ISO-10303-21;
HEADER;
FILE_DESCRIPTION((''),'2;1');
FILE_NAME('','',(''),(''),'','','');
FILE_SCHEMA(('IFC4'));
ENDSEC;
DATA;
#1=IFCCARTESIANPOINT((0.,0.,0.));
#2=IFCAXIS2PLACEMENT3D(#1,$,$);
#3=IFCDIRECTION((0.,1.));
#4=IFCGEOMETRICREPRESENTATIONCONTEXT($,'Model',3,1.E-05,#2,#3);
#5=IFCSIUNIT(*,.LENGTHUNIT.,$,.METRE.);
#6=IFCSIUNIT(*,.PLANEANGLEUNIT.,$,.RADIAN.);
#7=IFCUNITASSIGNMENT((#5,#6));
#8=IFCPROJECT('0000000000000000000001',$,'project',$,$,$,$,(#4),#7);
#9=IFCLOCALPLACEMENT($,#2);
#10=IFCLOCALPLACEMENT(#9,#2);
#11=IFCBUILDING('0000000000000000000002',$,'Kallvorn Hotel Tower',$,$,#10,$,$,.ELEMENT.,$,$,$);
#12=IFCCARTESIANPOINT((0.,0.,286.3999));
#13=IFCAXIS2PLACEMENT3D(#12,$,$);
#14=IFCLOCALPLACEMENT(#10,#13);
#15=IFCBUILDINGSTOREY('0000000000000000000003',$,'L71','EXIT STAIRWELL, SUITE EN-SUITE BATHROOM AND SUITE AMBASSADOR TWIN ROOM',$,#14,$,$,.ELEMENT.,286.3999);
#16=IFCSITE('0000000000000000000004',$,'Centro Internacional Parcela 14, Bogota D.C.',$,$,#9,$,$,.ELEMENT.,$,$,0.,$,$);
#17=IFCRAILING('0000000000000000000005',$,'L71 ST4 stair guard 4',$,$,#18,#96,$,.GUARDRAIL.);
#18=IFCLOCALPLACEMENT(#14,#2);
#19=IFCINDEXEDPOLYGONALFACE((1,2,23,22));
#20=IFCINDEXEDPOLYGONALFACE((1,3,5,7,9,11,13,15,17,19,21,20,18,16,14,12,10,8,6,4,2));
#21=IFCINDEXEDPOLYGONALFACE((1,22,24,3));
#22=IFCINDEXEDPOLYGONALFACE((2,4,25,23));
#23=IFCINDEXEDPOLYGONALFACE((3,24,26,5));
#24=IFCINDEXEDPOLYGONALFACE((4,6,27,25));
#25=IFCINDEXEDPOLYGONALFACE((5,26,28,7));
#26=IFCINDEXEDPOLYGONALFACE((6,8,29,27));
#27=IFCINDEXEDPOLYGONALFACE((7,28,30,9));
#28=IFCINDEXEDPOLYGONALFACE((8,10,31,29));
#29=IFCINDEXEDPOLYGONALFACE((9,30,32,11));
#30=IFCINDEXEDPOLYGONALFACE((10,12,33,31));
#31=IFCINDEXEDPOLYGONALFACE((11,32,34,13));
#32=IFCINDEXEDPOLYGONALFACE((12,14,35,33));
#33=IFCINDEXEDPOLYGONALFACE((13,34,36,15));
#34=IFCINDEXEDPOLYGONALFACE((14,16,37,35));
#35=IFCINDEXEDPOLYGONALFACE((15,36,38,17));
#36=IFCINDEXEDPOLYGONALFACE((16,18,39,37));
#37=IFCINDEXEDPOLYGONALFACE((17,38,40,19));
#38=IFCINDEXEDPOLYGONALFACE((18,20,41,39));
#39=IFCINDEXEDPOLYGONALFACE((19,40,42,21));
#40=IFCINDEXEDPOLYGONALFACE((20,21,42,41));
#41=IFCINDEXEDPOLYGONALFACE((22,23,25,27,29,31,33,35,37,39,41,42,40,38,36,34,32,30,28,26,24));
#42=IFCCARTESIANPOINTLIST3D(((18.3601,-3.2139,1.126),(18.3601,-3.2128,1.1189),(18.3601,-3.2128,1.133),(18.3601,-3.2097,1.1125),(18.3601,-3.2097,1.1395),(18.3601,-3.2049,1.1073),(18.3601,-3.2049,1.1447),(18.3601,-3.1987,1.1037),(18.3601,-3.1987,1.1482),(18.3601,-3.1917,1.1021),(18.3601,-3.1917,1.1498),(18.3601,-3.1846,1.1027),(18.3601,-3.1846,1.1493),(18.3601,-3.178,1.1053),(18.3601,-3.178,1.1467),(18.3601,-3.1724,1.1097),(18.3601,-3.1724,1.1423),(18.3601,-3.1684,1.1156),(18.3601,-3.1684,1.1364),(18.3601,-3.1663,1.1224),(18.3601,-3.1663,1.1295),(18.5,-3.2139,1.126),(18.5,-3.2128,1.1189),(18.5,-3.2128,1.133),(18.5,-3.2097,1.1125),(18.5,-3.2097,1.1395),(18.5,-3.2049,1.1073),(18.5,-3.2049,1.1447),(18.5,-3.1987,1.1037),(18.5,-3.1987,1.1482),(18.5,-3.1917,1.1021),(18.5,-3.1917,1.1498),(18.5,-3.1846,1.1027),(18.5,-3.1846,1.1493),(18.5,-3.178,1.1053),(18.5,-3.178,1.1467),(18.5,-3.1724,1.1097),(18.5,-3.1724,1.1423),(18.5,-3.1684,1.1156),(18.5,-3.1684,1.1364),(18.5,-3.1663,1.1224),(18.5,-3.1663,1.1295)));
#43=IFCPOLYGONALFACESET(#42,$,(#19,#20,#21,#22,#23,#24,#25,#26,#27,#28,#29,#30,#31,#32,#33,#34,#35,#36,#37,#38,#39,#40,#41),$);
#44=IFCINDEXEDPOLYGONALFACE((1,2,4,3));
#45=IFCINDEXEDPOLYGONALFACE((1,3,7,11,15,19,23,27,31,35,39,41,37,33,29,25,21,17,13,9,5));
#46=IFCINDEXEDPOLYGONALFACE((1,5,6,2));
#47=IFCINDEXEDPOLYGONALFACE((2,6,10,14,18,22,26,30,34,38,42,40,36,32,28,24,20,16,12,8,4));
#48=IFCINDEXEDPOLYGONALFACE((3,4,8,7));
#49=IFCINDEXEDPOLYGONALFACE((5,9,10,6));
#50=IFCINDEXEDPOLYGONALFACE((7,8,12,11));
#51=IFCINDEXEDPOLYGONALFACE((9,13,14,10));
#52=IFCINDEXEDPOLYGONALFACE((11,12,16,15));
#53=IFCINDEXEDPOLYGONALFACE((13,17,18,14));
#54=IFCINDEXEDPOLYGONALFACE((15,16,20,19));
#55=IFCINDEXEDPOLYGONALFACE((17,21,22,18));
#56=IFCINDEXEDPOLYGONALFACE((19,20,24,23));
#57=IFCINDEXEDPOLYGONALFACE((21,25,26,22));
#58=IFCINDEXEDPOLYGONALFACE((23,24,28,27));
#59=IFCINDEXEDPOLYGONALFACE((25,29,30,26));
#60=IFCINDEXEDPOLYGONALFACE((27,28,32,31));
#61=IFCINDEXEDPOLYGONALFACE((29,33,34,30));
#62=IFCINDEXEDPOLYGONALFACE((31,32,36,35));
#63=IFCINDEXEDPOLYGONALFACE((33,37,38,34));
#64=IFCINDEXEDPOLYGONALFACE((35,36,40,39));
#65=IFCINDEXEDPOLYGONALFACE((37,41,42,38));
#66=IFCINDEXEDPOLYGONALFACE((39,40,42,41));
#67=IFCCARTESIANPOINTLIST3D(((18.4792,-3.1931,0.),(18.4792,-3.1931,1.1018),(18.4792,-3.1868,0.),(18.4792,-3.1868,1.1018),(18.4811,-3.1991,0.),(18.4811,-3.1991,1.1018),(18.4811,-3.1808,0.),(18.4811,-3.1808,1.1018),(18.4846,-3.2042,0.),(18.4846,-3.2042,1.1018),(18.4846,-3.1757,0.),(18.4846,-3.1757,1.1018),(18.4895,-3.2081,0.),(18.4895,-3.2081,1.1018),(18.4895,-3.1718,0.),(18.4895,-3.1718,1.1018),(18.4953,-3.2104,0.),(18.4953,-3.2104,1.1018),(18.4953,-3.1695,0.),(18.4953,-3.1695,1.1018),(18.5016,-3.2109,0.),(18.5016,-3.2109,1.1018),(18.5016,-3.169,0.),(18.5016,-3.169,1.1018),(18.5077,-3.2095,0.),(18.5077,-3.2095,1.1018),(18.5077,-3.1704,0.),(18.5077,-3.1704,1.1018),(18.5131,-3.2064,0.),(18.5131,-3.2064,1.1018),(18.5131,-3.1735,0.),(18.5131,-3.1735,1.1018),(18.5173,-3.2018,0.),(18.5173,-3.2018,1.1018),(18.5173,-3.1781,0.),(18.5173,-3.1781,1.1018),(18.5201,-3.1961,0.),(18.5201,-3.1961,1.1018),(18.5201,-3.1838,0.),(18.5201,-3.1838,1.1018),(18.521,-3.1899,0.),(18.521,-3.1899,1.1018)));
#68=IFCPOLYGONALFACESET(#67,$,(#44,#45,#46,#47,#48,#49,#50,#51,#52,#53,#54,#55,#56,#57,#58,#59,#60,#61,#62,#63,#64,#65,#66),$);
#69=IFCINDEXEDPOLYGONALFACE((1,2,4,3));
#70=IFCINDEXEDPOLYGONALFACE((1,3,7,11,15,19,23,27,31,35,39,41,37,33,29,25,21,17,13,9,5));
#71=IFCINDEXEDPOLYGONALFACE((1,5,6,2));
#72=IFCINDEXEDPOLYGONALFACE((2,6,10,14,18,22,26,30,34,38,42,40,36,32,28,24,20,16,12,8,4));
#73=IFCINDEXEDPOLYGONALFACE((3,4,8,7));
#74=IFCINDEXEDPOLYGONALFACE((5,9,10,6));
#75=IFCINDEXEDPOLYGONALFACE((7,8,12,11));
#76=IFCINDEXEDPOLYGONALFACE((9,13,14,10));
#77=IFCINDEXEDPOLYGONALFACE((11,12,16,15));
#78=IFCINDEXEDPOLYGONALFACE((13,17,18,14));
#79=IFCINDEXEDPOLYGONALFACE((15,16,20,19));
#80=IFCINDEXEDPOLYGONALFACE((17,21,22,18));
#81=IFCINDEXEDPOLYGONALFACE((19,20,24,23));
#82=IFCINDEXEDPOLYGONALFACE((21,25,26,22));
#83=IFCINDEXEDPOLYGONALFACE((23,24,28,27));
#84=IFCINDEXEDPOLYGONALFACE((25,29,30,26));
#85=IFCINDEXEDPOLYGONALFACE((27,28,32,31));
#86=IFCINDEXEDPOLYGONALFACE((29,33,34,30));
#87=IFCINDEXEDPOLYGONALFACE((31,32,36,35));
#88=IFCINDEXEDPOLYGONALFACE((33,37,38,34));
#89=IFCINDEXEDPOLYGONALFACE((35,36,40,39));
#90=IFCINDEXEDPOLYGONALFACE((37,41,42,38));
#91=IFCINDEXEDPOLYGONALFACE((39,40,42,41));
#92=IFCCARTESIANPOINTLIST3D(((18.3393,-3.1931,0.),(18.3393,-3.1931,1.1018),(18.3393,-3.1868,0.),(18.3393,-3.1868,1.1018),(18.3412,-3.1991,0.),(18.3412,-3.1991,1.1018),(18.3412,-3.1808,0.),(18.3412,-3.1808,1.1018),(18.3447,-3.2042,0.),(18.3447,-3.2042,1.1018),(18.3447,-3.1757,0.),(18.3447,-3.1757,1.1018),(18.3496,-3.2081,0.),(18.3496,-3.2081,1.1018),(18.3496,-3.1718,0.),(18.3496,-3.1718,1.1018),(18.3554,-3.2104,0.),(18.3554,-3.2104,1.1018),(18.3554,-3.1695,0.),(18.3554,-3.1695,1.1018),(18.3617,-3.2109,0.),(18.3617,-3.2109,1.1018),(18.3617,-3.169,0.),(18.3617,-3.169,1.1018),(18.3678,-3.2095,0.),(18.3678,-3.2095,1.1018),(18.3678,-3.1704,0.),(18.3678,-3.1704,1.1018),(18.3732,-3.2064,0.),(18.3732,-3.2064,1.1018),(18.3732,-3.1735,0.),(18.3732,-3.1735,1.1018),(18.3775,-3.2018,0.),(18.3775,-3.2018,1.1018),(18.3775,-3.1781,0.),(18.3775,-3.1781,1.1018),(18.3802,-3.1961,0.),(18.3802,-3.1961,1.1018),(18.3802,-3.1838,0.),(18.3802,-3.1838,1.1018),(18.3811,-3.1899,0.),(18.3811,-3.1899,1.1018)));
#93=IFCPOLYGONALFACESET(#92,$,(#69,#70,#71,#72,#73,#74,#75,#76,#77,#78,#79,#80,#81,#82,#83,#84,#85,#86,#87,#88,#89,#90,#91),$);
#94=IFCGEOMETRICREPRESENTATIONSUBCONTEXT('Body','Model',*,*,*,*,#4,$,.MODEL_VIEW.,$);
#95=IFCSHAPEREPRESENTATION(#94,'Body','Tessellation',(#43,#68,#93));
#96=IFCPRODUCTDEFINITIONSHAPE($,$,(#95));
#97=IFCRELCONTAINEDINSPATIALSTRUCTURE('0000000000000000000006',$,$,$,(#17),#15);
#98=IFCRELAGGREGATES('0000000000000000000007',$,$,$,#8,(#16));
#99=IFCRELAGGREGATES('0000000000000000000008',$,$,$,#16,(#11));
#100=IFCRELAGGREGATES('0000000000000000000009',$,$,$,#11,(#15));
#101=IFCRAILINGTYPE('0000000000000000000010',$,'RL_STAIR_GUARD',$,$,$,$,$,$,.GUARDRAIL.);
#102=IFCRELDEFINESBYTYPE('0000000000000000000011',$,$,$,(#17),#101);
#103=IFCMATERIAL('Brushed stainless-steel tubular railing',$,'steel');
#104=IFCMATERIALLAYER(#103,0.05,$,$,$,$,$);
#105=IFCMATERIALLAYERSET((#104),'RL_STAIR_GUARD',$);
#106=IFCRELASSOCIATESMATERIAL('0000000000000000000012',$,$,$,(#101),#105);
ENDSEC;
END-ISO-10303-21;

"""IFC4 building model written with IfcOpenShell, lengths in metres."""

from ifc_helpers import new_model, si_unit, direction, frame, origin, origin_2d, place, context, subcontext, project, spatial, circle, extrude, material, layer, layer_set, type_object, element, save


model = new_model("IFC4")

# Units and contexts
model_context = context("Model", 3, precision=1e-05, world=origin(), true_north=direction((0.0, 1.0)))
body_context = subcontext(model_context, "Body", "Model", "MODEL_VIEW")
ifc_project = project(units=[si_unit("LENGTHUNIT", "METRE"), si_unit("PLANEANGLEUNIT", "RADIAN")], contexts=[model_context])

# Site, building, storey
site_placement = place(None, origin())
site = spatial("IfcSite", under=ifc_project, at=site_placement, Name="Centro Internacional Parcela 14, Bogota D.C.", CompositionType="ELEMENT", RefElevation=0.0)
building_placement = place(site_placement, origin())
building = spatial("IfcBuilding", under=site, at=building_placement, Name="Kallvorn Hotel Tower", CompositionType="ELEMENT")
storey_placement = place(building_placement, frame((0.0, 0.0, 286.3999)))
storey = spatial("IfcBuildingStorey", under=building, at=storey_placement, Name="L71", Description="EXIT STAIRWELL, SUITE EN-SUITE BATHROOM AND SUITE AMBASSADOR TWIN ROOM", CompositionType="ELEMENT", Elevation=286.3999)

# Railing
ifc_material_1 = material(Name="Brushed stainless-steel tubular railing", Category="steel")
ifc_layer_1 = layer(ifc_material_1, 0.05)
ifc_layer_set_1 = layer_set([ifc_layer_1], Name="RL_STAIR_GUARD")
railing_type_1 = type_object("IfcRailingType", Name="RL_STAIR_GUARD", PredefinedType="GUARDRAIL", material=ifc_layer_set_1)
railing_1_placement = place(storey_placement, frame((18.5, -3.1899, 0.0)))
element("IfcRailing", 1, at=railing_1_placement, inside=storey, type_object=railing_type_1, Name="L71 ST4 stair guard 4", PredefinedType="GUARDRAIL", context=body_context, shape_type="SweptSolid", body=[
    extrude(circle(Radius=0.0239, at=origin_2d()), frame((0.0, 0.0, 1.126), z_axis=(-1.0, 0.0, 0.0), x_axis=(0.0, -1.0, 0.0)), (0.0, 0.0, 1.0), 0.1399),
    extrude(circle(Radius=0.021, at=origin_2d()), origin(), (0.0, 0.0, 1.0), 1.1018),
    extrude(circle(Radius=0.021, at=origin_2d()), frame((-0.1399, 0.0, 0.0)), (0.0, 0.0, 1.0), 1.1018),
])

save(model, "model.ifc")
